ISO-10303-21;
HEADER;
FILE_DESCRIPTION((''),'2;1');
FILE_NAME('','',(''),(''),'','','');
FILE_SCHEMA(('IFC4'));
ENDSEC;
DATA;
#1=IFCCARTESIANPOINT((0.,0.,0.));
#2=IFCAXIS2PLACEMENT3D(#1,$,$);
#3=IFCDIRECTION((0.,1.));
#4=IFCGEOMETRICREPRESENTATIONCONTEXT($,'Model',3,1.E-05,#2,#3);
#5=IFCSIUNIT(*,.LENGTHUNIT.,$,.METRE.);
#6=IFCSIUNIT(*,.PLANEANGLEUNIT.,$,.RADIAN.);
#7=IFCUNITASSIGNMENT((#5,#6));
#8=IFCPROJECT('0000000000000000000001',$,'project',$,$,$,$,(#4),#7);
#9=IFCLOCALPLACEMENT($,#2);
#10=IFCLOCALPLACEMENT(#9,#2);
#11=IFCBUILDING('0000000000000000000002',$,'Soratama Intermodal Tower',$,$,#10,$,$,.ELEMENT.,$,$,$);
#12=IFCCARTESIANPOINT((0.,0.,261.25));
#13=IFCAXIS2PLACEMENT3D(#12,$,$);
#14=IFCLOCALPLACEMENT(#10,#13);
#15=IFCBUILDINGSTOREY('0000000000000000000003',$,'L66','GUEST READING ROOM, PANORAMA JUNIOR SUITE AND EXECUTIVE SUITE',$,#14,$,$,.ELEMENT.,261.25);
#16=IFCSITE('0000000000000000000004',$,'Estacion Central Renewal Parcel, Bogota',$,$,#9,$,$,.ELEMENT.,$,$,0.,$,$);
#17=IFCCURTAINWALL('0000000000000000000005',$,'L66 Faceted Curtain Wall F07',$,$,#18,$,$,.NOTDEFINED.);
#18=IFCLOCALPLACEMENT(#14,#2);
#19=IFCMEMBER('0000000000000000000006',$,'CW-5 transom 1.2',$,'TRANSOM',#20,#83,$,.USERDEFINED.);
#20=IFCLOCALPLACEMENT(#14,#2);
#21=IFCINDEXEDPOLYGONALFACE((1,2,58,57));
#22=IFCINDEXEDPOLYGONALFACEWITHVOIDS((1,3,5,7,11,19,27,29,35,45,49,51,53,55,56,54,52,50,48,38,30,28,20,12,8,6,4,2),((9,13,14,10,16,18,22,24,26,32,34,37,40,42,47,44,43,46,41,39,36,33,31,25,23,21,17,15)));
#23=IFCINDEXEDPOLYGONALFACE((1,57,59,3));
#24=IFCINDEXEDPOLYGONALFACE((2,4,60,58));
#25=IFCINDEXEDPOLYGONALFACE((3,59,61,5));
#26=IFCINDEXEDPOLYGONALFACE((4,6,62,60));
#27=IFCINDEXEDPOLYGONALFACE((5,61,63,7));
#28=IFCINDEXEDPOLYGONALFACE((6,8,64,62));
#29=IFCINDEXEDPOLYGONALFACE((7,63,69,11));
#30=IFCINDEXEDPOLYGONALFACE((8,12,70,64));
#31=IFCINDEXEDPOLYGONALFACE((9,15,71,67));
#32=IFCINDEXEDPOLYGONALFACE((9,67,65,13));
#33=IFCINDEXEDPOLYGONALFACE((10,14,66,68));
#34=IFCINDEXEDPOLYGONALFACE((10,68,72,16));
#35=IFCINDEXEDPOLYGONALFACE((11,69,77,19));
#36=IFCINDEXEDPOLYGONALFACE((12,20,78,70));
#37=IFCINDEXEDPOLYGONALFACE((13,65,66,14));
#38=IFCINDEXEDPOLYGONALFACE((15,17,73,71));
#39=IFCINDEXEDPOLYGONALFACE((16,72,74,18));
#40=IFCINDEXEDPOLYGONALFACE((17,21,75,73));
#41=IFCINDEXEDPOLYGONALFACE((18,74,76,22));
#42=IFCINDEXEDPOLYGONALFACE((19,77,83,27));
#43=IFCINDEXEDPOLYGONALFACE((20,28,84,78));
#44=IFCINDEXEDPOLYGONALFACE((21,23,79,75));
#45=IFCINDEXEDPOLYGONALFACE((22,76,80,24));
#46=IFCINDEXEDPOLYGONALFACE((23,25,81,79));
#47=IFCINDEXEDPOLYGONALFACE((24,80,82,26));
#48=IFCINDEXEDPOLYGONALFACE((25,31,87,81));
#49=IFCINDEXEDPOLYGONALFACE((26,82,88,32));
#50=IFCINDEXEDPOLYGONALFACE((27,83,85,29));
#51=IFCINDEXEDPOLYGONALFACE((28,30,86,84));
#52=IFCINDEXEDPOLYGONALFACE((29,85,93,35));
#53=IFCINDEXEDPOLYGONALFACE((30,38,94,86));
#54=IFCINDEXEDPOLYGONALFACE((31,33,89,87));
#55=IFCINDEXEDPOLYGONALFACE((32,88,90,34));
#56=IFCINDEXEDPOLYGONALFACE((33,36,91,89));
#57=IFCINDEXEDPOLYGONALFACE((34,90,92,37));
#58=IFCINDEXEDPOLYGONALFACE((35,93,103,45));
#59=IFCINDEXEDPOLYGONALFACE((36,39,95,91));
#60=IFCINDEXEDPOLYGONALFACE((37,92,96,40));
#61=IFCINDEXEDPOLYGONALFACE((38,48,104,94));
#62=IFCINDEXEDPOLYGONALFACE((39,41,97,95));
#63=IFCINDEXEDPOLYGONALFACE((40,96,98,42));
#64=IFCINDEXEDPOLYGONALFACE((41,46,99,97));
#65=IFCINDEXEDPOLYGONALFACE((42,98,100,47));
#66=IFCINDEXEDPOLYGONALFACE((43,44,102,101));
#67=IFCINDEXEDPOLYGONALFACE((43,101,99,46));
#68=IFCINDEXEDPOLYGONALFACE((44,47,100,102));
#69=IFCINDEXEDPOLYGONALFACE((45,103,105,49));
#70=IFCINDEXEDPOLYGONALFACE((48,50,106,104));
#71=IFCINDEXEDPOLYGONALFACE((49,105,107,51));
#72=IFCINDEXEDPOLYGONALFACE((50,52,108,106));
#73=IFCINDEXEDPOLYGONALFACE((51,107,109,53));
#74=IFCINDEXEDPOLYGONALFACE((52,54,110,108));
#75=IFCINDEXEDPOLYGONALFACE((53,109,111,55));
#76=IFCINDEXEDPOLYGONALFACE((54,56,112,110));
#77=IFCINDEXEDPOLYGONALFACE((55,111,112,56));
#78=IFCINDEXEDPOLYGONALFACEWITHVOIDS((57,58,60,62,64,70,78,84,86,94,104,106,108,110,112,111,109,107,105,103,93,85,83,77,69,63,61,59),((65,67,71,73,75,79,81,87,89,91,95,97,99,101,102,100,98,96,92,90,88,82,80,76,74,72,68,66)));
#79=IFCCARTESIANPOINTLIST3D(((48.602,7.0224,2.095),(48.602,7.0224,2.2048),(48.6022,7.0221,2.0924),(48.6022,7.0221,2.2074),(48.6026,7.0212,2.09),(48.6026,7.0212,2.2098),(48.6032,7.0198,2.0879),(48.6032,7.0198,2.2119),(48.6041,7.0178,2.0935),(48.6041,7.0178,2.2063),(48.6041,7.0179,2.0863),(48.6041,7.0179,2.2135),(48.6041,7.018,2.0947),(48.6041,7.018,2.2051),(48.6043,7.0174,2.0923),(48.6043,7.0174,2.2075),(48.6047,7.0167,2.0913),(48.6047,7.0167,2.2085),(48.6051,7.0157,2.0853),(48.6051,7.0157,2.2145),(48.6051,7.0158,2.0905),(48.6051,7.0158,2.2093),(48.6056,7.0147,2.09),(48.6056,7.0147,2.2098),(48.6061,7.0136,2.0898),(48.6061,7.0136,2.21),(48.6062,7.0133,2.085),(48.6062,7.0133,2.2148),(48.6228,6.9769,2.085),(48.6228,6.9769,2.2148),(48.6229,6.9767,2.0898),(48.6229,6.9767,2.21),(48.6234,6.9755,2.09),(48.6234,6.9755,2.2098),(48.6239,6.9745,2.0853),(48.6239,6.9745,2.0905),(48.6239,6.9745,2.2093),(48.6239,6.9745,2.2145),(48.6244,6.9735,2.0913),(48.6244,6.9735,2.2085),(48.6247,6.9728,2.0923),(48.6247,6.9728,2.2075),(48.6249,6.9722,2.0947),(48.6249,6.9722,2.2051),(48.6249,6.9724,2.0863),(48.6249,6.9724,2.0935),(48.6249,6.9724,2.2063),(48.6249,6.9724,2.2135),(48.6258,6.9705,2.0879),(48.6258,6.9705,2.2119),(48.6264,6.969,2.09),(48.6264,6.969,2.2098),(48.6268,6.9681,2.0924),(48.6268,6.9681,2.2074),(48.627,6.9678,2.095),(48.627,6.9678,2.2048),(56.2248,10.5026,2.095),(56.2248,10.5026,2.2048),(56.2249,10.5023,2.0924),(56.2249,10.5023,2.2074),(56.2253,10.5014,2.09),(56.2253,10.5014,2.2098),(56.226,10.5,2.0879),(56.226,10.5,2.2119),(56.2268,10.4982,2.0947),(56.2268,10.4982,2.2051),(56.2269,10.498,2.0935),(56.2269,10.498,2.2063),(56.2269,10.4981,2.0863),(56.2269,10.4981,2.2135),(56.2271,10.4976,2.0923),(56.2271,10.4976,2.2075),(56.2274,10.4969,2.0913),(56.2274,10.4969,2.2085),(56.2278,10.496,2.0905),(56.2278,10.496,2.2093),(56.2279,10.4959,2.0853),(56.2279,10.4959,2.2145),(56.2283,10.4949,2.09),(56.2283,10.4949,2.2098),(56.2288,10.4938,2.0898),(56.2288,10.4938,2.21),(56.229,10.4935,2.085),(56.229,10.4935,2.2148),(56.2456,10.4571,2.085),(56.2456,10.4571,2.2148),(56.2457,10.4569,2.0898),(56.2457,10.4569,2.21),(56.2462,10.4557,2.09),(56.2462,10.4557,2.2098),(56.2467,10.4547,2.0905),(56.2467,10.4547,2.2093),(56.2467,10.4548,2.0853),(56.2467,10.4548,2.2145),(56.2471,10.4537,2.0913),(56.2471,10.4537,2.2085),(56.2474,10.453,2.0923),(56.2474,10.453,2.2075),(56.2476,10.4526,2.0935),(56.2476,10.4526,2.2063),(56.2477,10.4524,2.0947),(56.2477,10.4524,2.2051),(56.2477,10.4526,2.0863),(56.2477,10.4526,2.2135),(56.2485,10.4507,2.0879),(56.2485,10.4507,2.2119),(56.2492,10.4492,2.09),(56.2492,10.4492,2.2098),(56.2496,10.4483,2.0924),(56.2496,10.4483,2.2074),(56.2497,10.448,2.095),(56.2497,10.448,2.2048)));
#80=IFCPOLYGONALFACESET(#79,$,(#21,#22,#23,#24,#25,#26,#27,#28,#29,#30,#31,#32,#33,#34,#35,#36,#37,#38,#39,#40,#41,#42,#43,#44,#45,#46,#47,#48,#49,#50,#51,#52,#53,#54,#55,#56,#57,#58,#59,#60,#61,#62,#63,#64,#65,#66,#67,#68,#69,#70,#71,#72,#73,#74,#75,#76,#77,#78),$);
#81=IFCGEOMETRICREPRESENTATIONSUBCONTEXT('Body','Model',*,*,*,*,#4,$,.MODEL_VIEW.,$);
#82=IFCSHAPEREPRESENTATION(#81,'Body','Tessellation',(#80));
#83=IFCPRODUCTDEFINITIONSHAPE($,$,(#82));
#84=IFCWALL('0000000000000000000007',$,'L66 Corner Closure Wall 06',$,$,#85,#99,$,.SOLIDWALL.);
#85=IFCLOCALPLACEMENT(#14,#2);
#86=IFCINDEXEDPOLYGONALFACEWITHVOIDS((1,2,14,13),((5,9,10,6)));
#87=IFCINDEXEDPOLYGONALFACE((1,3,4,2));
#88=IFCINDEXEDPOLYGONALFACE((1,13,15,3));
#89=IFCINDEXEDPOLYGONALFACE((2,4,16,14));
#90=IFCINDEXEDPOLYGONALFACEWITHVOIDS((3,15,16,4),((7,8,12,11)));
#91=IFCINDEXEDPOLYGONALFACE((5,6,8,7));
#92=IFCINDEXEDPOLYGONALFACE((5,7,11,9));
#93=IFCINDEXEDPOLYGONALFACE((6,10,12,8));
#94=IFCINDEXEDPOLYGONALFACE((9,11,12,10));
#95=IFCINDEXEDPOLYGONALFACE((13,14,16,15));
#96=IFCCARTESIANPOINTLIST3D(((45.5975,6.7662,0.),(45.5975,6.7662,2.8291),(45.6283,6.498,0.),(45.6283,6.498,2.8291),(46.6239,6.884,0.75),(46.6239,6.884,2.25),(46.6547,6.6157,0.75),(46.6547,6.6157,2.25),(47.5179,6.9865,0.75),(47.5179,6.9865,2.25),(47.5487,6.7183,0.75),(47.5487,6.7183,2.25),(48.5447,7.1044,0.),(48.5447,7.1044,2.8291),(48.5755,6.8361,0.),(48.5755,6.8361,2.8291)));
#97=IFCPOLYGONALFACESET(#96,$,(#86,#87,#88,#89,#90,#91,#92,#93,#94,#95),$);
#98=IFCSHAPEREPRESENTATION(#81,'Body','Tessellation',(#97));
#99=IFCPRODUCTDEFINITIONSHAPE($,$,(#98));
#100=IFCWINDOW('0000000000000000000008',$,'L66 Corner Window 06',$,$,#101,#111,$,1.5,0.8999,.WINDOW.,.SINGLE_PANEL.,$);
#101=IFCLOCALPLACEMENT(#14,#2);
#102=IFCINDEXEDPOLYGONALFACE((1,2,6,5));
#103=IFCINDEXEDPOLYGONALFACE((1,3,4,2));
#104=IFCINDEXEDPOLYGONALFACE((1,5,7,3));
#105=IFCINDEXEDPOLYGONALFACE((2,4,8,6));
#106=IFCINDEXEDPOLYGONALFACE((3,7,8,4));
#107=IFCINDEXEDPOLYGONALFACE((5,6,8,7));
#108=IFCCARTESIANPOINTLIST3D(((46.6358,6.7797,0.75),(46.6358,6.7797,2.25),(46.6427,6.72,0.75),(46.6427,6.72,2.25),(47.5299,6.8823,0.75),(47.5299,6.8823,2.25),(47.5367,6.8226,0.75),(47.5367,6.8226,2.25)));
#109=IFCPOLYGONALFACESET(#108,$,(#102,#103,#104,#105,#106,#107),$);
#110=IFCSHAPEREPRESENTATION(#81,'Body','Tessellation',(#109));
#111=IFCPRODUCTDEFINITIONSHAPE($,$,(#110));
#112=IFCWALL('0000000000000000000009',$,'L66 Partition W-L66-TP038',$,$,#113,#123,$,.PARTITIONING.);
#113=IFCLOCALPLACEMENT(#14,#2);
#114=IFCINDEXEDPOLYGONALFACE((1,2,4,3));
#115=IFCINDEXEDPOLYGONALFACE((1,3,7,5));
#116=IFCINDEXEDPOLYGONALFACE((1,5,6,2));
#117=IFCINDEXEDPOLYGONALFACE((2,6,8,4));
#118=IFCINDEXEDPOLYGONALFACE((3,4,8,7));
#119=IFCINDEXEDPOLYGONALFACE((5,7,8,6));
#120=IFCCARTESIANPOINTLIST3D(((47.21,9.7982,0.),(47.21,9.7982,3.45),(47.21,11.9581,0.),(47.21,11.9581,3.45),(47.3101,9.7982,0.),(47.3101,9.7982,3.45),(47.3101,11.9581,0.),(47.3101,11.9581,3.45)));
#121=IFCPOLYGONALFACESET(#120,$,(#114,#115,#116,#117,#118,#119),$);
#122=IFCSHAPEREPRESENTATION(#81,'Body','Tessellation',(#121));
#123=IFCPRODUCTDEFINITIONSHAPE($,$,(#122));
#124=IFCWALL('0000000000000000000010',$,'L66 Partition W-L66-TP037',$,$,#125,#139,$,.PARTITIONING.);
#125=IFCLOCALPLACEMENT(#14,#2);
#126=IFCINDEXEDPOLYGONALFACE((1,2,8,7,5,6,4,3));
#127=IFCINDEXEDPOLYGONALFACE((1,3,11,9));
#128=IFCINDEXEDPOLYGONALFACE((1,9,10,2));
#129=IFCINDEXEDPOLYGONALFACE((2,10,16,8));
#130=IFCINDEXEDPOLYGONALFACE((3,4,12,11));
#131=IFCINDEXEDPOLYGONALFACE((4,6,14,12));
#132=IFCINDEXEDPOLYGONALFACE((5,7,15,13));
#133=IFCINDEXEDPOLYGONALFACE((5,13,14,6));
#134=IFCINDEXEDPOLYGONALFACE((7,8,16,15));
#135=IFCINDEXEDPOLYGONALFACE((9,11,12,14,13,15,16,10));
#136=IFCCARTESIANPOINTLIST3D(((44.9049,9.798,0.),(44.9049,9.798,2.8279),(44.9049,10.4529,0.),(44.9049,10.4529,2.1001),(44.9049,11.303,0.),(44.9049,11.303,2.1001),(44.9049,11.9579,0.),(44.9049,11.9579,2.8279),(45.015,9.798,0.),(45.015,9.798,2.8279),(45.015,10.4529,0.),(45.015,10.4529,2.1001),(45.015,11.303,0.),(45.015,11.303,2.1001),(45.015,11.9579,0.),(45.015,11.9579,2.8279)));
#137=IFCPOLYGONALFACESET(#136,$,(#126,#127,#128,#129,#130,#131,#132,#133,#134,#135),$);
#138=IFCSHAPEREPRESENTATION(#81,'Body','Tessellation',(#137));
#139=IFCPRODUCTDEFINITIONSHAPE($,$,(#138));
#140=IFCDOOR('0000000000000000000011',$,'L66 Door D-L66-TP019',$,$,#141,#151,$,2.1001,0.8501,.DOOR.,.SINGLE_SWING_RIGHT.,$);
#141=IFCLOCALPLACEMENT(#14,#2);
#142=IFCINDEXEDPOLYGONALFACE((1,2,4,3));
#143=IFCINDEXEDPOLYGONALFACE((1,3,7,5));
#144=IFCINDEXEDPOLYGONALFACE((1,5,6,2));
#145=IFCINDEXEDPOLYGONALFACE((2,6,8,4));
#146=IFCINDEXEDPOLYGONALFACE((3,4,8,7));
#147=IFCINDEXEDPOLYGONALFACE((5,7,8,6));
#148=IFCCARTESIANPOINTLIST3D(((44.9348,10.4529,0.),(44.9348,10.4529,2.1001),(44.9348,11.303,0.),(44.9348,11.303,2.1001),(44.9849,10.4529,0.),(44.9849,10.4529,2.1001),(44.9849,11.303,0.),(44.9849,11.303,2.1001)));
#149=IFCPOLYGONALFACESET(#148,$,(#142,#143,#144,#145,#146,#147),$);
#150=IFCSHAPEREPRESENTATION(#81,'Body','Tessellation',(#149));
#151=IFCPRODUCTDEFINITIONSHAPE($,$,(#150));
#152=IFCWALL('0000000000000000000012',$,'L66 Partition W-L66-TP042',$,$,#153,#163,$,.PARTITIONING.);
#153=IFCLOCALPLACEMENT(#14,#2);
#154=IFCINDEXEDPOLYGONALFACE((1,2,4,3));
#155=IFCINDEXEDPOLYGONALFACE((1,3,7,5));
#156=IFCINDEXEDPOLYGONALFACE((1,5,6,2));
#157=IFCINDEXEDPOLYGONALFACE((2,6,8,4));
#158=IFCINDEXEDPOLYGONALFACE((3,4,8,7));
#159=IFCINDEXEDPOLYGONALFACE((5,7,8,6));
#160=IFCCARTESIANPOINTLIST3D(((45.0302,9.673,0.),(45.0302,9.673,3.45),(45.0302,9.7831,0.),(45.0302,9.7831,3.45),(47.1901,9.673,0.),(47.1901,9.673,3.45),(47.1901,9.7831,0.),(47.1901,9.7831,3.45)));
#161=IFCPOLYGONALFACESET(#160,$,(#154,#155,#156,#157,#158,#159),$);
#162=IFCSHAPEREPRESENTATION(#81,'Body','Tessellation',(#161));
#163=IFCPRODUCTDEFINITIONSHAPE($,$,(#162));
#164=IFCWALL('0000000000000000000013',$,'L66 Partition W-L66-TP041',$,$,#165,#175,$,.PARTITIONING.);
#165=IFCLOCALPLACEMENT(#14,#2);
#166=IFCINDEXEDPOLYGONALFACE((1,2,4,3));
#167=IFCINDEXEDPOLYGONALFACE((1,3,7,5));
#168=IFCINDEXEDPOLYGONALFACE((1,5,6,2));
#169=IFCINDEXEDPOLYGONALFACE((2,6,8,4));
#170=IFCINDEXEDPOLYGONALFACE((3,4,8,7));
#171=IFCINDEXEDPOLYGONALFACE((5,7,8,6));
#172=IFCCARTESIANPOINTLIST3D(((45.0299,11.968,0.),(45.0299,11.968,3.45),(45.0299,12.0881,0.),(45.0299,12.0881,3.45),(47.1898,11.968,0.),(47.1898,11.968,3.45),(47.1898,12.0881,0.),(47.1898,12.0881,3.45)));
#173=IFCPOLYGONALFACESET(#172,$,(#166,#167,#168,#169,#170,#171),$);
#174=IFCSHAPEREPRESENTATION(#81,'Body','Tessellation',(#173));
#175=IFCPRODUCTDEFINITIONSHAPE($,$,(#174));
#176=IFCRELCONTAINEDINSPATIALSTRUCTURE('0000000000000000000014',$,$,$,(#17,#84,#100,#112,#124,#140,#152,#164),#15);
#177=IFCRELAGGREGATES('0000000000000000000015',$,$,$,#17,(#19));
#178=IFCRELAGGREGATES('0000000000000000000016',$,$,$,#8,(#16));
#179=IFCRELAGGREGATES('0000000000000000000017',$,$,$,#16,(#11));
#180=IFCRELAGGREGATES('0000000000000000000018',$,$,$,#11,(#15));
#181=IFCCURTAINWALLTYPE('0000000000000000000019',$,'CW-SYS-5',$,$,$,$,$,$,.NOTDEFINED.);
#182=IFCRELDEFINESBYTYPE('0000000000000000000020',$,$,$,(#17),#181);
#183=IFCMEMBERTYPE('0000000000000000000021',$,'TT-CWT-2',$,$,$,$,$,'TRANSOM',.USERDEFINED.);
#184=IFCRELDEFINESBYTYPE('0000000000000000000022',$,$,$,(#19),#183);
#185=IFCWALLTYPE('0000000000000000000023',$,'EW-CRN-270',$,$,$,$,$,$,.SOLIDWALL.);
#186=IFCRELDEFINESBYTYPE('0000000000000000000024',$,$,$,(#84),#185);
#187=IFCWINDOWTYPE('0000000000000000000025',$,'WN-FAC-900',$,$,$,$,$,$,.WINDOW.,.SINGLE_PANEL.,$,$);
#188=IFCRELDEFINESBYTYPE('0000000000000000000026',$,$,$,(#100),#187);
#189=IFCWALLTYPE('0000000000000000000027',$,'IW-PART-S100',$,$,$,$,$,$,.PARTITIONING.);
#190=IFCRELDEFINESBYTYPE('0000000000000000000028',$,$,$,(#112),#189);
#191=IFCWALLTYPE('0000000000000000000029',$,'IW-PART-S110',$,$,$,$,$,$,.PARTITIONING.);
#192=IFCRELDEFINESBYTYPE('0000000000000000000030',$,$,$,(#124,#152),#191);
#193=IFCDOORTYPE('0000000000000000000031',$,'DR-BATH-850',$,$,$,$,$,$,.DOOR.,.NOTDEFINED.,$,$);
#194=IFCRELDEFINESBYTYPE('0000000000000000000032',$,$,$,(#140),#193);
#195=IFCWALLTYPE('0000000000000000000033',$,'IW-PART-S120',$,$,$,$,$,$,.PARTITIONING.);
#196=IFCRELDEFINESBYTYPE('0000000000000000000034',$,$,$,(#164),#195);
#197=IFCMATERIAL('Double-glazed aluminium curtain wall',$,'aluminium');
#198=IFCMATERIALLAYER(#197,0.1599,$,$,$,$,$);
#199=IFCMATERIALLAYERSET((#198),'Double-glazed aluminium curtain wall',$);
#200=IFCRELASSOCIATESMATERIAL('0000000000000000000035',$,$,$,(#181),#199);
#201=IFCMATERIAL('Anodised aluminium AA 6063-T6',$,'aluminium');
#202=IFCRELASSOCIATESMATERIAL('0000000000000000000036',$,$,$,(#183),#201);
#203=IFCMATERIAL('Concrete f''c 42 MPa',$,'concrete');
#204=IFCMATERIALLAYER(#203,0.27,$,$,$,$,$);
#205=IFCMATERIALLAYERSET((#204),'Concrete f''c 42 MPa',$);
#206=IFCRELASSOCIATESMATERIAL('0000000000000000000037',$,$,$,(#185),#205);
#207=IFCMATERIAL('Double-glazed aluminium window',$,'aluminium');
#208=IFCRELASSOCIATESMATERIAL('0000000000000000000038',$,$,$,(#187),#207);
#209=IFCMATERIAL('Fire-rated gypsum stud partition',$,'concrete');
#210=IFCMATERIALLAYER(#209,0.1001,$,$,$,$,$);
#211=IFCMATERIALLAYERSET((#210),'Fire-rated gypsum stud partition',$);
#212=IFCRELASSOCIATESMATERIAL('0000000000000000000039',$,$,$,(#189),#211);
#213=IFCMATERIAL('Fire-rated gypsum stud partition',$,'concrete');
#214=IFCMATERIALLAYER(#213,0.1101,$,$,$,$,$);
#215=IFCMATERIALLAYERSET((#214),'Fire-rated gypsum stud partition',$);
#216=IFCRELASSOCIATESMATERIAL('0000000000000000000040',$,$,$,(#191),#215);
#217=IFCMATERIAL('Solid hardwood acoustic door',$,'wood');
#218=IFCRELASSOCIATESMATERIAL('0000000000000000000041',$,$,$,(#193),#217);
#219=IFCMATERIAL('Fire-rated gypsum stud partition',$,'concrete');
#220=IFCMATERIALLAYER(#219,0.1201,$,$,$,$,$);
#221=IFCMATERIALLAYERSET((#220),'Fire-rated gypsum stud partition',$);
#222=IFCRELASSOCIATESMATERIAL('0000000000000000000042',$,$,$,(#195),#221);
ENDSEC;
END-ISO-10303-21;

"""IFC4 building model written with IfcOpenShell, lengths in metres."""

from ifc_helpers import new_model, si_unit, direction, frame, frame_2d, origin, origin_2d, place, context, subcontext, project, spatial, rectangle, hollow_rectangle, extrude, material, layer, layer_set, material_profile, profile_set, type_object, element, fill, aggregate, save


model = new_model("IFC4")

# Units and contexts
model_context = context("Model", 3, precision=1e-05, world=origin(), true_north=direction((0.0, 1.0)))
body_context = subcontext(model_context, "Body", "Model", "MODEL_VIEW")
ifc_project = project(units=[si_unit("LENGTHUNIT", "METRE"), si_unit("PLANEANGLEUNIT", "RADIAN")], contexts=[model_context])

# Site, building, storey
site_placement = place(None, origin())
site = spatial("IfcSite", under=ifc_project, at=site_placement, Name="Estacion Central Renewal Parcel, Bogota", CompositionType="ELEMENT", RefElevation=0.0)
building_placement = place(site_placement, origin())
building = spatial("IfcBuilding", under=site, at=building_placement, Name="Soratama Intermodal Tower", CompositionType="ELEMENT")
storey_placement = place(building_placement, frame((0.0, 0.0, 261.25)))
storey = spatial("IfcBuildingStorey", under=building, at=storey_placement, Name="L66", Description="GUEST READING ROOM, PANORAMA JUNIOR SUITE AND EXECUTIVE SUITE", CompositionType="ELEMENT", Elevation=261.25)

# Curtain wall, member
ifc_material_1 = material(Name="Double-glazed aluminium curtain wall", Category="aluminium")
ifc_layer_1 = layer(ifc_material_1, 0.1599)
ifc_layer_set_1 = layer_set([ifc_layer_1], Name="Double-glazed aluminium curtain wall")
curtain_wall_type = type_object("IfcCurtainWallType", Name="CW-SYS-5", PredefinedType="NOTDEFINED", material=ifc_layer_set_1)
curtain_wall_placement = place(storey_placement, origin())
curtain_wall = element("IfcCurtainWall", 1, at=curtain_wall_placement, inside=storey, type_object=curtain_wall_type, Name="L66 Faceted Curtain Wall F07", PredefinedType="NOTDEFINED")
ifc_material_2 = material(Name="Anodised aluminium AA 6063-T6", Category="aluminium")
ifc_material_profile_1 = material_profile(ifc_material_2, hollow_rectangle(XDim=0.0601, YDim=0.1299, WallThickness=0.0049, InnerFilletRadius=0.0049, OuterFilletRadius=0.01, at=origin_2d()), Name="CWT130X60X5")
ifc_profile_set_1 = profile_set([ifc_material_profile_1], Name="Anodised aluminium AA 6063-T6")
member_type_1 = type_object("IfcMemberType", Name="TT-CWT-2", ElementType="TRANSOM", PredefinedType="USERDEFINED", material=ifc_profile_set_1)
member_1_placement = place(storey_placement, frame((48.6145, 6.9951, 2.1499), z_axis=(0.909677, 0.415317, 0.0), x_axis=(-0.415317, 0.909677, 0.0)))
member_1 = element("IfcMember", 2, at=member_1_placement, type_object=member_type_1, Name="CW-5 transom 1.2", ObjectType="TRANSOM", PredefinedType="USERDEFINED", context=body_context, shape_type="SweptSolid", body=[
    extrude(hollow_rectangle(XDim=0.0601, YDim=0.1299, WallThickness=0.0049, InnerFilletRadius=0.0049, OuterFilletRadius=0.01, at=origin_2d()), origin(), (0.0, 0.0, 1.0), 8.3796),
])
aggregate(curtain_wall, [member_1])

# Wall, opening, window
ifc_material_3 = material(Name="Concrete f'c 42 MPa", Category="concrete")
ifc_layer_2 = layer(ifc_material_3, 0.27)
ifc_layer_set_2 = layer_set([ifc_layer_2], Name="Concrete f'c 42 MPa")
wall_type_1 = type_object("IfcWallType", Name="EW-CRN-270", PredefinedType="SOLIDWALL", material=ifc_layer_set_2)
wall_1_placement = place(storey_placement, frame((45.6128, 6.6321, 0.0), z_axis=(0.0, 0.0, 1.0), x_axis=(0.993483, 0.113981, 0.0)))
wall_1 = element("IfcWall", 3, at=wall_1_placement, inside=storey, type_object=wall_type_1, Name="L66 Corner Closure Wall 06", PredefinedType="SOLIDWALL", context=body_context, shape_type="SweptSolid", body=[
    extrude(rectangle(XDim=2.9666, YDim=0.27, at=frame_2d((1.4834, 0.0))), origin(), (0.0, 0.0, 1.0), 2.8291),
])
opening_1_placement = place(wall_1_placement, frame((1.0332, 0.0, 0.75)))
opening_1 = element("IfcOpeningElement", 4, at=opening_1_placement, cuts=wall_1, PredefinedType="OPENING", context=body_context, shape_type="SweptSolid", body=[
    extrude(rectangle(XDim=0.8999, YDim=1.5, at=frame_2d((0.45, 0.75))), frame((0.0, 0.145, 0.0), z_axis=(0.0, -1.0, 0.0), x_axis=(1.0, 0.0, 0.0)), (0.0, 0.0, 1.0), 0.29),
])
ifc_material_4 = material(Name="Double-glazed aluminium window", Category="aluminium")
window_type = type_object("IfcWindowType", Name="WN-FAC-900", PartitioningType="SINGLE_PANEL", PredefinedType="WINDOW", material=ifc_material_4)
window_placement = place(opening_1_placement, origin())
window = element("IfcWindow", 5, at=window_placement, inside=storey, type_object=window_type, Name="L66 Corner Window 06", OverallHeight=1.5, OverallWidth=0.8999, PartitioningType="SINGLE_PANEL", PredefinedType="WINDOW", context=body_context, shape_type="SweptSolid", body=[
    extrude(rectangle(XDim=0.8999, YDim=1.5, at=frame_2d((0.45, 0.75))), frame((0.0, 0.03, 0.0), z_axis=(0.0, -1.0, 0.0), x_axis=(1.0, 0.0, 0.0)), (0.0, 0.0, 1.0), 0.0601),
])
fill(opening_1, window)

# Wall
ifc_material_5 = material(Name="Fire-rated gypsum stud partition", Category="concrete")
ifc_layer_3 = layer(ifc_material_5, 0.1001)
ifc_layer_set_3 = layer_set([ifc_layer_3], Name="Fire-rated gypsum stud partition")
wall_type_2 = type_object("IfcWallType", Name="IW-PART-S100", PredefinedType="PARTITIONING", material=ifc_layer_set_3)
wall_2_placement = place(storey_placement, frame((47.26, 9.7981, 0.0), z_axis=(0.0, 0.0, 1.0), x_axis=(0.0, 1.0, 0.0)))
element("IfcWall", 6, at=wall_2_placement, inside=storey, type_object=wall_type_2, Name="L66 Partition W-L66-TP038", PredefinedType="PARTITIONING", context=body_context, shape_type="SweptSolid", body=[
    extrude(rectangle(XDim=2.1599, YDim=0.1001, at=frame_2d((1.0801, 0.0))), origin(), (0.0, 0.0, 1.0), 3.45),
])

# Wall, opening, door
ifc_material_6 = material(Name="Fire-rated gypsum stud partition", Category="concrete")
ifc_layer_4 = layer(ifc_material_6, 0.1101)
ifc_layer_set_4 = layer_set([ifc_layer_4], Name="Fire-rated gypsum stud partition")
wall_type_3 = type_object("IfcWallType", Name="IW-PART-S110", PredefinedType="PARTITIONING", material=ifc_layer_set_4)
wall_3_placement = place(storey_placement, frame((44.96, 11.958, 0.0), z_axis=(0.0, 0.0, 1.0), x_axis=(0.0, -1.0, 0.0)))
wall_3 = element("IfcWall", 7, at=wall_3_placement, inside=storey, type_object=wall_type_3, Name="L66 Partition W-L66-TP037", PredefinedType="PARTITIONING", context=body_context, shape_type="SweptSolid", body=[
    extrude(rectangle(XDim=2.1599, YDim=0.1101, at=frame_2d((1.0801, 0.0))), origin(), (0.0, 0.0, 1.0), 2.8279),
])
opening_2_placement = place(wall_3_placement, frame((0.655, 0.0, 0.0)))
opening_2 = element("IfcOpeningElement", 8, at=opening_2_placement, cuts=wall_3, PredefinedType="OPENING", context=body_context, shape_type="SweptSolid", body=[
    extrude(rectangle(XDim=0.8501, YDim=2.1001, at=frame_2d((0.425, 1.05))), frame((0.0, 0.0649, 0.0), z_axis=(0.0, -1.0, 0.0), x_axis=(1.0, 0.0, 0.0)), (0.0, 0.0, 1.0), 0.1301),
])
ifc_material_7 = material(Name="Solid hardwood acoustic door", Category="wood")
door_type = type_object("IfcDoorType", Name="DR-BATH-850", OperationType="NOTDEFINED", PredefinedType="DOOR", material=ifc_material_7)
door_placement = place(opening_2_placement, origin())
door = element("IfcDoor", 9, at=door_placement, inside=storey, type_object=door_type, Name="L66 Door D-L66-TP019", OperationType="SINGLE_SWING_RIGHT", OverallHeight=2.1001, OverallWidth=0.8501, PredefinedType="DOOR", context=body_context, shape_type="SweptSolid", body=[
    extrude(rectangle(XDim=0.8501, YDim=2.1001, at=frame_2d((0.425, 1.05))), frame((0.0, 0.0249, 0.0), z_axis=(0.0, -1.0, 0.0), x_axis=(1.0, 0.0, 0.0)), (0.0, 0.0, 1.0), 0.05),
])
fill(opening_2, door)

# Walls
wall_4_placement = place(storey_placement, frame((45.03, 9.728, 0.0), z_axis=(0.0, 0.0, 1.0), x_axis=(1.0, 0.0, 0.0)))
element("IfcWall", 10, at=wall_4_placement, inside=storey, type_object=wall_type_3, Name="L66 Partition W-L66-TP042", PredefinedType="PARTITIONING", context=body_context, shape_type="SweptSolid", body=[
    extrude(rectangle(XDim=2.1599, YDim=0.1101, at=frame_2d((1.0801, 0.0))), origin(), (0.0, 0.0, 1.0), 3.45),
])
ifc_material_8 = material(Name="Fire-rated gypsum stud partition", Category="concrete")
ifc_layer_5 = layer(ifc_material_8, 0.1201)
ifc_layer_set_5 = layer_set([ifc_layer_5], Name="Fire-rated gypsum stud partition")
wall_type_4 = type_object("IfcWallType", Name="IW-PART-S120", PredefinedType="PARTITIONING", material=ifc_layer_set_5)
wall_5_placement = place(storey_placement, frame((47.1899, 12.0281, 0.0), z_axis=(0.0, 0.0, 1.0), x_axis=(-1.0, 0.0, 0.0)))
element("IfcWall", 11, at=wall_5_placement, inside=storey, type_object=wall_type_4, Name="L66 Partition W-L66-TP041", PredefinedType="PARTITIONING", context=body_context, shape_type="SweptSolid", body=[
    extrude(rectangle(XDim=2.1599, YDim=0.1201, at=frame_2d((1.0801, 0.0))), origin(), (0.0, 0.0, 1.0), 3.45),
])

save(model, "model.ifc")
